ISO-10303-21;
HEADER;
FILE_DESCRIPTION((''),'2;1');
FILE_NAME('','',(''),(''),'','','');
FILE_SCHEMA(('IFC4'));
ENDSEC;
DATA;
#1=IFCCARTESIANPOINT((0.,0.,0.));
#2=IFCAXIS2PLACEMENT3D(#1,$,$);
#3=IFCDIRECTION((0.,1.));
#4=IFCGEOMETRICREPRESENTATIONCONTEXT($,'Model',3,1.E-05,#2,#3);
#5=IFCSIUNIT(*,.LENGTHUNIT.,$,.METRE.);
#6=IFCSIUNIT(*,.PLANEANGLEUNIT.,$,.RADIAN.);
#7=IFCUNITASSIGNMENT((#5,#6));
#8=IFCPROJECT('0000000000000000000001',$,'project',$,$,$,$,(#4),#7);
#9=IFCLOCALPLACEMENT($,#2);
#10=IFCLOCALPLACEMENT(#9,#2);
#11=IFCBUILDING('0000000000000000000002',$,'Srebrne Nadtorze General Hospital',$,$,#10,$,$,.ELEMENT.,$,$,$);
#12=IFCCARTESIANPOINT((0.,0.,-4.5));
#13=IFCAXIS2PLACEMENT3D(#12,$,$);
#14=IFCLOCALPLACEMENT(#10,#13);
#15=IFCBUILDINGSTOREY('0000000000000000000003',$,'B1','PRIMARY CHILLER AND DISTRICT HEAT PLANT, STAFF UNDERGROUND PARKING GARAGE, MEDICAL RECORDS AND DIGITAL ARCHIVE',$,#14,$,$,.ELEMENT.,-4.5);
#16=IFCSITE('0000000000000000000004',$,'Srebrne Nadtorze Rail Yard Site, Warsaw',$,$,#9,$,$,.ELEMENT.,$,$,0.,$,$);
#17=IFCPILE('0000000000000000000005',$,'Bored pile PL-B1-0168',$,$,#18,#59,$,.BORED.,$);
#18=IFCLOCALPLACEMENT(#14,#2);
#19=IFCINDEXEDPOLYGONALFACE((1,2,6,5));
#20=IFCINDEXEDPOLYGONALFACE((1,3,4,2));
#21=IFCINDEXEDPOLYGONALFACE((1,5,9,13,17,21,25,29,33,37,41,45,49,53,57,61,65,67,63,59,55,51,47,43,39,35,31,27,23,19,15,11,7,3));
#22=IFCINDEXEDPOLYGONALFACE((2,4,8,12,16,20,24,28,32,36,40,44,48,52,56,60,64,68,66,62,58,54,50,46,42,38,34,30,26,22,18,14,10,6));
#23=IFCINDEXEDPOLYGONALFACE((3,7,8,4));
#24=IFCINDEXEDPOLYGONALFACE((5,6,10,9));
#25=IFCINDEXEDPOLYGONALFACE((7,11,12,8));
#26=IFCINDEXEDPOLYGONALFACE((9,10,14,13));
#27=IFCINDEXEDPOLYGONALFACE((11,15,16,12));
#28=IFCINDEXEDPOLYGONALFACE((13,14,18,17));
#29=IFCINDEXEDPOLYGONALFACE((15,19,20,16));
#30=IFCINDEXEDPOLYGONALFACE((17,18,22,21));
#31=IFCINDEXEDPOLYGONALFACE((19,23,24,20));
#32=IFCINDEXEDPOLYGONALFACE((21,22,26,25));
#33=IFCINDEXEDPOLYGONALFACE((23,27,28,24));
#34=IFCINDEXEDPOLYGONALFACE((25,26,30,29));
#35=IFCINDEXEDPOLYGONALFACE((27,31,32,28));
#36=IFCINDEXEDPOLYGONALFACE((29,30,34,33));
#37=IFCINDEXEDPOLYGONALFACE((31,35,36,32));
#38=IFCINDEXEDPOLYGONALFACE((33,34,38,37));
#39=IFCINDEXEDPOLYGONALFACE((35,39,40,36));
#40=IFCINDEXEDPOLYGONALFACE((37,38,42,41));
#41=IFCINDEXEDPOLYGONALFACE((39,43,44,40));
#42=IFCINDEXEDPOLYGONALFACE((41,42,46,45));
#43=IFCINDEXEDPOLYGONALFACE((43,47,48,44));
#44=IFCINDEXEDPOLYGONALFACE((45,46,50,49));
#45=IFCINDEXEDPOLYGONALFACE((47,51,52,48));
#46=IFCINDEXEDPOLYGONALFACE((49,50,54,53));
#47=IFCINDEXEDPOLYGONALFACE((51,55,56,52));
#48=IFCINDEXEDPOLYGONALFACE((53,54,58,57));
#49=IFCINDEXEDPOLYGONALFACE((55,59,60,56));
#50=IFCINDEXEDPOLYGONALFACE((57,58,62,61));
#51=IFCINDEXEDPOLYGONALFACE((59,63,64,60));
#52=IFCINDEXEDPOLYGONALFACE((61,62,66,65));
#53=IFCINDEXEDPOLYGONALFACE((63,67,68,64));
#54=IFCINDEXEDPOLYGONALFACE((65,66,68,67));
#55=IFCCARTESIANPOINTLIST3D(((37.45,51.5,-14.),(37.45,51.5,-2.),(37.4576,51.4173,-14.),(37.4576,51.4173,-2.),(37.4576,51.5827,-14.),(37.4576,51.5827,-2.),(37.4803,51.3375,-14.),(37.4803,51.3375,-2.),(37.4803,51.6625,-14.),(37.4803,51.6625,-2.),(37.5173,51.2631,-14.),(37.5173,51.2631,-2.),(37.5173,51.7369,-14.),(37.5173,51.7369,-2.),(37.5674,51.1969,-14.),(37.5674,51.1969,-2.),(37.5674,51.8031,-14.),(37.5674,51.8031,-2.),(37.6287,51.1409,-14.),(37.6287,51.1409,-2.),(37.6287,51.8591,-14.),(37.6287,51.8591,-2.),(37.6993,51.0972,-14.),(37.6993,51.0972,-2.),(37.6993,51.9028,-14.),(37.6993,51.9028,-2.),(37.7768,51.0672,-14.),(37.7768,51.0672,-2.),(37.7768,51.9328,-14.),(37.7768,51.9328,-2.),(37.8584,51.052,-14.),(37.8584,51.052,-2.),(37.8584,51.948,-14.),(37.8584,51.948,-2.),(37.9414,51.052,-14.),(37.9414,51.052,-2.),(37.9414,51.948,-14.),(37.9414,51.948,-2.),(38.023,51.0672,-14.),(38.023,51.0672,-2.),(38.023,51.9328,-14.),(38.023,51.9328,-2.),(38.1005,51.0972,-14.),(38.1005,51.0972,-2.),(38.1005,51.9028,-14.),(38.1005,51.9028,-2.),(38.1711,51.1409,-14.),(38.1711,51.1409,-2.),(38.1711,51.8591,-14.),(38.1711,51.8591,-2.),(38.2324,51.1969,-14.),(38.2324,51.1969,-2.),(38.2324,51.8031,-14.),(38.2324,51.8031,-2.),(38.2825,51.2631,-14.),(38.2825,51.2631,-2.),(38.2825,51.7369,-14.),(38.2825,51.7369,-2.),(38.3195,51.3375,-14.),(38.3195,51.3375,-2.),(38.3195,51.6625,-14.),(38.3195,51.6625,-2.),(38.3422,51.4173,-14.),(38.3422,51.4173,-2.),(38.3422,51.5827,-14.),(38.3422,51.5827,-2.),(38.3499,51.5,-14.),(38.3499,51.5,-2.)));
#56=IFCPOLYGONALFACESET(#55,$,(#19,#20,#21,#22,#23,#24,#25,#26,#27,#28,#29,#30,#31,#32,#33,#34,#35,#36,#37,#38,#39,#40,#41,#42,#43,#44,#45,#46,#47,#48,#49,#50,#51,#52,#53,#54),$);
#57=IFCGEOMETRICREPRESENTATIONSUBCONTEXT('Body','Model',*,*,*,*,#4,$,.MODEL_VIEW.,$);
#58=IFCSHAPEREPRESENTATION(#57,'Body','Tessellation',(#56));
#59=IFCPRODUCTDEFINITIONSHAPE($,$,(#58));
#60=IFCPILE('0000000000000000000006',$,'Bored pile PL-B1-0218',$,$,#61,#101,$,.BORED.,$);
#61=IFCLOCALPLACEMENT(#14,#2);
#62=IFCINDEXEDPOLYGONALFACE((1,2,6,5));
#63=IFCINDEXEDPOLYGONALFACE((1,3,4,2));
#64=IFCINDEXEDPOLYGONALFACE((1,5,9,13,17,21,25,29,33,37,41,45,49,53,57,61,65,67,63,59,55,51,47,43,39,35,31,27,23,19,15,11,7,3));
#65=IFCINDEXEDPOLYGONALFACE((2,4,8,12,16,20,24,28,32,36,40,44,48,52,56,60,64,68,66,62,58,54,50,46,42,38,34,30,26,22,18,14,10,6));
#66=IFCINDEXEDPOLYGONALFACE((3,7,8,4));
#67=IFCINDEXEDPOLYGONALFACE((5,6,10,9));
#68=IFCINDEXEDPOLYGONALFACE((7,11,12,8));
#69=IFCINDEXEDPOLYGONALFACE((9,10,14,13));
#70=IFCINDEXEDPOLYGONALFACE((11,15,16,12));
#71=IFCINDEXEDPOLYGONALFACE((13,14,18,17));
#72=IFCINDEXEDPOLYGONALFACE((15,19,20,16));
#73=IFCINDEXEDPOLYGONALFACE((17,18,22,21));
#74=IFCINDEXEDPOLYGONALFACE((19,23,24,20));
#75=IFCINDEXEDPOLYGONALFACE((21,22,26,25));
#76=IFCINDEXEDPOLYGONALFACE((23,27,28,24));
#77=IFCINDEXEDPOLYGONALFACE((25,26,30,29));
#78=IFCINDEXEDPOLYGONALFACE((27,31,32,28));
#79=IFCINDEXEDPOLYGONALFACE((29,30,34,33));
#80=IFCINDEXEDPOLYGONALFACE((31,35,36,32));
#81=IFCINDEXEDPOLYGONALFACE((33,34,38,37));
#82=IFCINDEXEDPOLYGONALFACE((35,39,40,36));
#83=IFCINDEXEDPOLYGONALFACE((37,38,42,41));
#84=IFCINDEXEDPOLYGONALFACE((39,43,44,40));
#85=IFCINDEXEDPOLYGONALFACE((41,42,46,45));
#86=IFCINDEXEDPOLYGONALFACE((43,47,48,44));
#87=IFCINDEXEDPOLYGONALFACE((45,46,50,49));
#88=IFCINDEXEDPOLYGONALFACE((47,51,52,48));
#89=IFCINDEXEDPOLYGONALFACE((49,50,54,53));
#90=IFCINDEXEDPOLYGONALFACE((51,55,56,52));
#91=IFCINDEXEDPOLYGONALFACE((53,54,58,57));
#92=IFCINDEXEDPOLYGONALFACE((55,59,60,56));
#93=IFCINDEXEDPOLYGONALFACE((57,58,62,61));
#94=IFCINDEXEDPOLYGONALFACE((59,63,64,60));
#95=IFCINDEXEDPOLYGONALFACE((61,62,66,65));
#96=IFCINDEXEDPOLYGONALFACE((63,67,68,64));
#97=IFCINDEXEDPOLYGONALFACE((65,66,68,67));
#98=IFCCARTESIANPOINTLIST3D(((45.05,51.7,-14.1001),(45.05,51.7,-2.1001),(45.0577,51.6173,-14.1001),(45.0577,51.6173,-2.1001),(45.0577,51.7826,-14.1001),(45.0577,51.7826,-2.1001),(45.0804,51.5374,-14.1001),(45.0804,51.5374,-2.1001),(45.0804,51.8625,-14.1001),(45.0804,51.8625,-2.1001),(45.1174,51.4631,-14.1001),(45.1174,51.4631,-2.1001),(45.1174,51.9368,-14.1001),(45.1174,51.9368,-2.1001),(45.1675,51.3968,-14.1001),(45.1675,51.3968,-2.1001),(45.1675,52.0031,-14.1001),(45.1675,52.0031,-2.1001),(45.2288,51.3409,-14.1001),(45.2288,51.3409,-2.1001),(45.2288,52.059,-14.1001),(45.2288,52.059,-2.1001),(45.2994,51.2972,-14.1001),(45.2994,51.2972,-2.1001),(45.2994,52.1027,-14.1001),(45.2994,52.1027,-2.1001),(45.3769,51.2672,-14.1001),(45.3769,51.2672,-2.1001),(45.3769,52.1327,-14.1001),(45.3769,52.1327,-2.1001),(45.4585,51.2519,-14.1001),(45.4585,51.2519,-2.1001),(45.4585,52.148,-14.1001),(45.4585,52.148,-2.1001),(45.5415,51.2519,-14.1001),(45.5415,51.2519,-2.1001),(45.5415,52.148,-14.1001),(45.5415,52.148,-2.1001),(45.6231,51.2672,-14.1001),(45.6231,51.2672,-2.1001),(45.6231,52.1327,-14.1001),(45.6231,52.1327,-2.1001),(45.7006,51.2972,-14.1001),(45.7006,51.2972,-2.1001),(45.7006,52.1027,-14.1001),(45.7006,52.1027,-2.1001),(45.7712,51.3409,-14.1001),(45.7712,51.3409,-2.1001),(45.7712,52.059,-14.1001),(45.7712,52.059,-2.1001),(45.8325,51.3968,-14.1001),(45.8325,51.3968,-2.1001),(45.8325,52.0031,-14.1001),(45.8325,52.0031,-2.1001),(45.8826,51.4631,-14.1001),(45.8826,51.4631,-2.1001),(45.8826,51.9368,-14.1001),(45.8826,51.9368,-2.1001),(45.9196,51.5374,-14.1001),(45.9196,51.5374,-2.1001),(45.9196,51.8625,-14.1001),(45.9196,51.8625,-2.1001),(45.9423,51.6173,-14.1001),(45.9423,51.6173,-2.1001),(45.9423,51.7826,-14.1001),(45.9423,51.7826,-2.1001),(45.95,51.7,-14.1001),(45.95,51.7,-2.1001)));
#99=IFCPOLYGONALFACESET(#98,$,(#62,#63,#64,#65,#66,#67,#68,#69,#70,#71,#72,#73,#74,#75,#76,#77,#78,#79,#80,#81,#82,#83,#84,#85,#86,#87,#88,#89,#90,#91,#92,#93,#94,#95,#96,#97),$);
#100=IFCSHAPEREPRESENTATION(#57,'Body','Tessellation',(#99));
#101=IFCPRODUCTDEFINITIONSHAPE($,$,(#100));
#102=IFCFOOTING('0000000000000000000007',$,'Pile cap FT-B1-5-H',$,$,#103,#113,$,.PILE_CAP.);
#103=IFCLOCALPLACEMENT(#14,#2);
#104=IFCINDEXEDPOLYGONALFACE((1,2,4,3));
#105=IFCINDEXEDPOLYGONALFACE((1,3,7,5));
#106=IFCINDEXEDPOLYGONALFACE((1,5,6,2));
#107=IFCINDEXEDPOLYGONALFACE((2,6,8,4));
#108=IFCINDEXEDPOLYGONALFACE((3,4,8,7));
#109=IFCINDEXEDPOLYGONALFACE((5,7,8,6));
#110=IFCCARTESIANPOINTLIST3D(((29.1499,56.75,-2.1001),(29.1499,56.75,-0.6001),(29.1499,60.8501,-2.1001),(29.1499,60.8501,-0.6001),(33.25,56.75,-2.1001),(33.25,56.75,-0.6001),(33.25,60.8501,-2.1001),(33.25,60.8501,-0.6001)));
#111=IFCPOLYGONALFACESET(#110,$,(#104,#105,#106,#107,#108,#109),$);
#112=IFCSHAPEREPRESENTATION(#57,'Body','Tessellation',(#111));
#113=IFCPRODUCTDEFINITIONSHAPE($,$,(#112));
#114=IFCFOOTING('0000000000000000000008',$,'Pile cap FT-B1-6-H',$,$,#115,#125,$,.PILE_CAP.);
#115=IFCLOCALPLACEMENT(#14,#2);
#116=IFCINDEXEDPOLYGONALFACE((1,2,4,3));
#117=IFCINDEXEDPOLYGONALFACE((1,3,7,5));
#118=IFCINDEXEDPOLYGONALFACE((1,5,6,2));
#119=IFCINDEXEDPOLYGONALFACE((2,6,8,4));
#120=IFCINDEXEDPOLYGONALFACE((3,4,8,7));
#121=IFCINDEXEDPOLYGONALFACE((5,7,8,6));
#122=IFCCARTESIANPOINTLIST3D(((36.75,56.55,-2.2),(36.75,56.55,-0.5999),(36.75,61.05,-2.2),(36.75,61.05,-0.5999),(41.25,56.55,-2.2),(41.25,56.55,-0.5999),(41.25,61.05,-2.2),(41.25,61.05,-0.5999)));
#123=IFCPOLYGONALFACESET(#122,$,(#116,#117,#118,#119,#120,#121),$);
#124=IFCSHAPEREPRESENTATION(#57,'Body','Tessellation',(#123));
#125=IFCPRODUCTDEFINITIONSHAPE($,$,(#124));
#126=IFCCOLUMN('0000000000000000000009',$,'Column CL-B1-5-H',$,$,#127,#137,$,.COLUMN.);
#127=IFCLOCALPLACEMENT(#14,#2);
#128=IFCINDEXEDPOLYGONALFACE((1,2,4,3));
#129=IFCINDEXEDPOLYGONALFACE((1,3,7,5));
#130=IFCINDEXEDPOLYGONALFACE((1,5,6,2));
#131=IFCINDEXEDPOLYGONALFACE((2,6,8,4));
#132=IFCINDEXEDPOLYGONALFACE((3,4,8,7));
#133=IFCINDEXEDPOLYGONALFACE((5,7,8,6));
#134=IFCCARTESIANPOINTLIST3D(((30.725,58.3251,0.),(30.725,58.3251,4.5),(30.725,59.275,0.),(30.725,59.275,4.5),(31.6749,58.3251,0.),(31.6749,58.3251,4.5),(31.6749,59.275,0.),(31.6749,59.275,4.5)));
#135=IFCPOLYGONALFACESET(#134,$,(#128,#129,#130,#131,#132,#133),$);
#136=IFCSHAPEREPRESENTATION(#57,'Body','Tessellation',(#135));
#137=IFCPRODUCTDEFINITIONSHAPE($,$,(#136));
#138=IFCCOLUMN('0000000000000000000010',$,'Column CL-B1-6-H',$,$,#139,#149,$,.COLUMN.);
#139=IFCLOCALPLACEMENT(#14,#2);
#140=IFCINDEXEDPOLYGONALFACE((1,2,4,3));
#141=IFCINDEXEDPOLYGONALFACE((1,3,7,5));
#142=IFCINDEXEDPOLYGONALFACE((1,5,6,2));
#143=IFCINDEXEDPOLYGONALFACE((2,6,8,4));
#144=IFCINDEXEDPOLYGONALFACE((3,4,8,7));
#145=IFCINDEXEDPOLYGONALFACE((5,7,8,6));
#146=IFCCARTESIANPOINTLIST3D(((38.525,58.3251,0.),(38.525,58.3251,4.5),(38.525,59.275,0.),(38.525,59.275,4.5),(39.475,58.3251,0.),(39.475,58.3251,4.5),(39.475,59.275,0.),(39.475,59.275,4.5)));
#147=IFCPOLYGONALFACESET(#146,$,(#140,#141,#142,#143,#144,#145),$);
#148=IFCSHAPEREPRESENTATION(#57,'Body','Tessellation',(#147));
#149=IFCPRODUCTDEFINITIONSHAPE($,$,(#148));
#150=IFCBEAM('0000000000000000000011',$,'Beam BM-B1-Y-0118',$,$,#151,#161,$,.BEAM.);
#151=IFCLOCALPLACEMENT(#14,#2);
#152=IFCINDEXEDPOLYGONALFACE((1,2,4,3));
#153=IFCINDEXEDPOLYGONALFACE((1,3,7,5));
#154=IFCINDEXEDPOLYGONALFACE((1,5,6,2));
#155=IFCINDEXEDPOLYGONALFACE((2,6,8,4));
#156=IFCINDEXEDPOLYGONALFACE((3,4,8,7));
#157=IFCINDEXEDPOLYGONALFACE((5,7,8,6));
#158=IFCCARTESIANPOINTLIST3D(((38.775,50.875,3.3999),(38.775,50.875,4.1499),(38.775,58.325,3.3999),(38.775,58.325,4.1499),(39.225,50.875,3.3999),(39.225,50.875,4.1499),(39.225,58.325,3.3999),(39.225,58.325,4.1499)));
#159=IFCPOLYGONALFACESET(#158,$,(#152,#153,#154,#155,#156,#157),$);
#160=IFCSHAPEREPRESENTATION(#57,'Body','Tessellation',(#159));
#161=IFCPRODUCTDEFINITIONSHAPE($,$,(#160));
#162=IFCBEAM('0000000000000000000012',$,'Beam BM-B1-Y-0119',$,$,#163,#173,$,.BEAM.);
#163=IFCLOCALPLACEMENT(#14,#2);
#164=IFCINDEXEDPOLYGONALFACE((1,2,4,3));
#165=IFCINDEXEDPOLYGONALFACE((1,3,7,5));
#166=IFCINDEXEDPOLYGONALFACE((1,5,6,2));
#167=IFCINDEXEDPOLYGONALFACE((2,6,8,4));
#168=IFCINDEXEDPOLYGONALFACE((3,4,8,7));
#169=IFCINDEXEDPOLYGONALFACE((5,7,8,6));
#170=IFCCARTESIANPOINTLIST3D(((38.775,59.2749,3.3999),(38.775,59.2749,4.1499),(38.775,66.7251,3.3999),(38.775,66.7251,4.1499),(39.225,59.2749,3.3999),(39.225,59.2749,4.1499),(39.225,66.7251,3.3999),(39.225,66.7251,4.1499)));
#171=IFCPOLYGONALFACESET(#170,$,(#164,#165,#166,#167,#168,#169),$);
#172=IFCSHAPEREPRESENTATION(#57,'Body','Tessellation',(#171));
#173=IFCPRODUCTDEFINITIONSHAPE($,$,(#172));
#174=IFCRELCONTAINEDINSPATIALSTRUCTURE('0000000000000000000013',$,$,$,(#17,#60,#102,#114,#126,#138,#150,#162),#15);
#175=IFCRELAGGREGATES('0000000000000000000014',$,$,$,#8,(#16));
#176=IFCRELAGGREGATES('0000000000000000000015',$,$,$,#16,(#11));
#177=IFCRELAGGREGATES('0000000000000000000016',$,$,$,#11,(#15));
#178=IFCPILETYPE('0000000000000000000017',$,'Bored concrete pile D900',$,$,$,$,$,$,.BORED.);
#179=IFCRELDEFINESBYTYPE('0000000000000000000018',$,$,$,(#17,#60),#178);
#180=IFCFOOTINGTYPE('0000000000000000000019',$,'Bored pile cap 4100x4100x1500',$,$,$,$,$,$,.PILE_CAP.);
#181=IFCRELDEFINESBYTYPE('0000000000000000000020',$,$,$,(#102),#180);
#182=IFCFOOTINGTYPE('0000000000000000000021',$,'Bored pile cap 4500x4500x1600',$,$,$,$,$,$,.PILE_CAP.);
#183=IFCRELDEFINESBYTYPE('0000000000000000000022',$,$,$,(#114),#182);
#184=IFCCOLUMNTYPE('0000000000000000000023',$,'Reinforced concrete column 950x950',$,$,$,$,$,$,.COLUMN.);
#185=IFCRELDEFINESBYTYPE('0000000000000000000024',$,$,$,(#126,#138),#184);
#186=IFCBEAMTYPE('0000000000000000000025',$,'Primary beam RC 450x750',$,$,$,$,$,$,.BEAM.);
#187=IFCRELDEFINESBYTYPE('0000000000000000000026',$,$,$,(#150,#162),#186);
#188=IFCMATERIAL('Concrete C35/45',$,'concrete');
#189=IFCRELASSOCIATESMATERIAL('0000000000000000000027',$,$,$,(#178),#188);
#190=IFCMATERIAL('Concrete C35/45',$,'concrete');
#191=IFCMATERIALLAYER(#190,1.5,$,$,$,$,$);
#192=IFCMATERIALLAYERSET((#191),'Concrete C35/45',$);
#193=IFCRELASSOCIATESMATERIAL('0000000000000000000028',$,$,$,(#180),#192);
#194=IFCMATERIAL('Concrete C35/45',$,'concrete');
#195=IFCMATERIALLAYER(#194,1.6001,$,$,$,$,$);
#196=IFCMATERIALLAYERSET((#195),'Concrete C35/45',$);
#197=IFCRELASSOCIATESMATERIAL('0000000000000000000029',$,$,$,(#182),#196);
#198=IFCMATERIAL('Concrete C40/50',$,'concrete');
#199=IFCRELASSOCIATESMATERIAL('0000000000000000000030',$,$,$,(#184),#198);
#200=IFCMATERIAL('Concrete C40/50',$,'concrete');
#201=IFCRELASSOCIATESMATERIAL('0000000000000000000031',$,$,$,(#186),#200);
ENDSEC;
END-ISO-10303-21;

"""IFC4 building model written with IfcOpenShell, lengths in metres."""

from ifc_helpers import new_model, si_unit, direction, frame, origin, origin_2d, place, context, subcontext, project, spatial, rectangle, circle, extrude, material, layer, layer_set, material_profile, profile_set, type_object, element, save


model = new_model("IFC4")

# Units and contexts
model_context = context("Model", 3, precision=1e-05, world=origin(), true_north=direction((0.0, 1.0)))
body_context = subcontext(model_context, "Body", "Model", "MODEL_VIEW")
ifc_project = project(units=[si_unit("LENGTHUNIT", "METRE"), si_unit("PLANEANGLEUNIT", "RADIAN")], contexts=[model_context])

# Site, building, storey
site_placement = place(None, origin())
site = spatial("IfcSite", under=ifc_project, at=site_placement, Name="Srebrne Nadtorze Rail Yard Site, Warsaw", CompositionType="ELEMENT", RefElevation=0.0)
building_placement = place(site_placement, origin())
building = spatial("IfcBuilding", under=site, at=building_placement, Name="Srebrne Nadtorze General Hospital", CompositionType="ELEMENT")
storey_placement = place(building_placement, frame((0.0, 0.0, -4.5)))
storey = spatial("IfcBuildingStorey", under=building, at=storey_placement, Name="B1", Description="PRIMARY CHILLER AND DISTRICT HEAT PLANT, STAFF UNDERGROUND PARKING GARAGE, MEDICAL RECORDS AND DIGITAL ARCHIVE", CompositionType="ELEMENT", Elevation=-4.5)

# Piles
ifc_material_1 = material(Name="Concrete C35/45", Category="concrete")
ifc_material_profile_1 = material_profile(ifc_material_1, circle(Radius=0.45, at=origin_2d()), Name="PILE-D900")
ifc_profile_set_1 = profile_set([ifc_material_profile_1], Name="Concrete C35/45")
pile_type_1 = type_object("IfcPileType", Name="Bored concrete pile D900", PredefinedType="BORED", material=ifc_profile_set_1)
for number, where, z_axis, x_axis, name in (
    (1, (37.8999, 51.5, -2.0), (0.0, 0.0, -1.0), (1.0, 0.0, 0.0), "Bored pile PL-B1-0168"),
    (2, (45.5, 51.7, -2.1001), (0.0, 0.0, -1.0), (1.0, 0.0, 0.0), "Bored pile PL-B1-0218"),
):
    element("IfcPile", number, at=place(storey_placement, frame(where, z_axis=z_axis, x_axis=x_axis)), inside=storey, type_object=pile_type_1, Name=name, PredefinedType="BORED", context=body_context, shape_type="SweptSolid", body=[
        extrude(circle(Radius=0.45, at=origin_2d()), origin(), (0.0, 0.0, 1.0), 12.0),
    ])

# Footings
ifc_material_2 = material(Name="Concrete C35/45", Category="concrete")
ifc_layer_1 = layer(ifc_material_2, 1.5)
ifc_layer_set_1 = layer_set([ifc_layer_1], Name="Concrete C35/45")
footing_type_1 = type_object("IfcFootingType", Name="Bored pile cap 4100x4100x1500", PredefinedType="PILE_CAP", material=ifc_layer_set_1)
footing_1_placement = place(storey_placement, frame((31.2, 58.8, -2.1001), z_axis=(0.0, 0.0, 1.0), x_axis=(1.0, 0.0, 0.0)))
element("IfcFooting", 3, at=footing_1_placement, inside=storey, type_object=footing_type_1, Name="Pile cap FT-B1-5-H", PredefinedType="PILE_CAP", context=body_context, shape_type="SweptSolid", body=[
    extrude(rectangle(XDim=4.1001, YDim=4.1001, at=origin_2d()), origin(), (0.0, 0.0, 1.0), 1.5),
])
ifc_material_3 = material(Name="Concrete C35/45", Category="concrete")
ifc_layer_2 = layer(ifc_material_3, 1.6001)
ifc_layer_set_2 = layer_set([ifc_layer_2], Name="Concrete C35/45")
footing_type_2 = type_object("IfcFootingType", Name="Bored pile cap 4500x4500x1600", PredefinedType="PILE_CAP", material=ifc_layer_set_2)
footing_2_placement = place(storey_placement, frame((39.0, 58.8, -2.2), z_axis=(0.0, 0.0, 1.0), x_axis=(1.0, 0.0, 0.0)))
element("IfcFooting", 4, at=footing_2_placement, inside=storey, type_object=footing_type_2, Name="Pile cap FT-B1-6-H", PredefinedType="PILE_CAP", context=body_context, shape_type="SweptSolid", body=[
    extrude(rectangle(XDim=4.5, YDim=4.5, at=origin_2d()), origin(), (0.0, 0.0, 1.0), 1.6001),
])

# Columns
ifc_material_4 = material(Name="Concrete C40/50", Category="concrete")
ifc_material_profile_2 = material_profile(ifc_material_4, rectangle(XDim=0.95, YDim=0.95, at=origin_2d()), Name="RC-COL-950x950")
ifc_profile_set_2 = profile_set([ifc_material_profile_2], Name="Concrete C40/50")
column_type = type_object("IfcColumnType", Name="Reinforced concrete column 950x950", PredefinedType="COLUMN", material=ifc_profile_set_2)
for number, where, z_axis, x_axis, name in (
    (5, (31.2, 58.8, 0.0), (0.0, 0.0, 1.0), (1.0, 0.0, 0.0), "Column CL-B1-5-H"),
    (6, (39.0, 58.8, 0.0), (0.0, 0.0, 1.0), (1.0, 0.0, 0.0), "Column CL-B1-6-H"),
):
    element("IfcColumn", number, at=place(storey_placement, frame(where, z_axis=z_axis, x_axis=x_axis)), inside=storey, type_object=column_type, Name=name, PredefinedType="COLUMN", context=body_context, shape_type="SweptSolid", body=[
        extrude(rectangle(XDim=0.95, YDim=0.95, at=origin_2d()), origin(), (0.0, 0.0, 1.0), 4.5),
    ])

# Beams
ifc_material_5 = material(Name="Concrete C40/50", Category="concrete")
ifc_material_profile_3 = material_profile(ifc_material_5, rectangle(XDim=0.45, YDim=0.75, at=origin_2d()), Name="RC-BM-450x750")
ifc_profile_set_3 = profile_set([ifc_material_profile_3], Name="Concrete C40/50")
beam_type = type_object("IfcBeamType", Name="Primary beam RC 450x750", PredefinedType="BEAM", material=ifc_profile_set_3)
beam_1_placement = place(storey_placement, frame((39.0, 50.875, 3.7749), z_axis=(0.0, 1.0, 0.0), x_axis=(-1.0, 0.0, 0.0)))
element("IfcBeam", 7, at=beam_1_placement, inside=storey, type_object=beam_type, Name="Beam BM-B1-Y-0118", PredefinedType="BEAM", context=body_context, shape_type="SweptSolid", body=[
    extrude(rectangle(XDim=0.45, YDim=0.75, at=origin_2d()), origin(), (0.0, 0.0, 1.0), 7.45),
])
beam_2_placement = place(storey_placement, frame((39.0, 59.2749, 3.7749), z_axis=(0.0, 1.0, 0.0), x_axis=(-1.0, 0.0, 0.0)))
element("IfcBeam", 8, at=beam_2_placement, inside=storey, type_object=beam_type, Name="Beam BM-B1-Y-0119", PredefinedType="BEAM", context=body_context, shape_type="SweptSolid", body=[
    extrude(rectangle(XDim=0.45, YDim=0.75, at=origin_2d()), origin(), (0.0, 0.0, 1.0), 7.4502),
])

save(model, "model.ifc")
